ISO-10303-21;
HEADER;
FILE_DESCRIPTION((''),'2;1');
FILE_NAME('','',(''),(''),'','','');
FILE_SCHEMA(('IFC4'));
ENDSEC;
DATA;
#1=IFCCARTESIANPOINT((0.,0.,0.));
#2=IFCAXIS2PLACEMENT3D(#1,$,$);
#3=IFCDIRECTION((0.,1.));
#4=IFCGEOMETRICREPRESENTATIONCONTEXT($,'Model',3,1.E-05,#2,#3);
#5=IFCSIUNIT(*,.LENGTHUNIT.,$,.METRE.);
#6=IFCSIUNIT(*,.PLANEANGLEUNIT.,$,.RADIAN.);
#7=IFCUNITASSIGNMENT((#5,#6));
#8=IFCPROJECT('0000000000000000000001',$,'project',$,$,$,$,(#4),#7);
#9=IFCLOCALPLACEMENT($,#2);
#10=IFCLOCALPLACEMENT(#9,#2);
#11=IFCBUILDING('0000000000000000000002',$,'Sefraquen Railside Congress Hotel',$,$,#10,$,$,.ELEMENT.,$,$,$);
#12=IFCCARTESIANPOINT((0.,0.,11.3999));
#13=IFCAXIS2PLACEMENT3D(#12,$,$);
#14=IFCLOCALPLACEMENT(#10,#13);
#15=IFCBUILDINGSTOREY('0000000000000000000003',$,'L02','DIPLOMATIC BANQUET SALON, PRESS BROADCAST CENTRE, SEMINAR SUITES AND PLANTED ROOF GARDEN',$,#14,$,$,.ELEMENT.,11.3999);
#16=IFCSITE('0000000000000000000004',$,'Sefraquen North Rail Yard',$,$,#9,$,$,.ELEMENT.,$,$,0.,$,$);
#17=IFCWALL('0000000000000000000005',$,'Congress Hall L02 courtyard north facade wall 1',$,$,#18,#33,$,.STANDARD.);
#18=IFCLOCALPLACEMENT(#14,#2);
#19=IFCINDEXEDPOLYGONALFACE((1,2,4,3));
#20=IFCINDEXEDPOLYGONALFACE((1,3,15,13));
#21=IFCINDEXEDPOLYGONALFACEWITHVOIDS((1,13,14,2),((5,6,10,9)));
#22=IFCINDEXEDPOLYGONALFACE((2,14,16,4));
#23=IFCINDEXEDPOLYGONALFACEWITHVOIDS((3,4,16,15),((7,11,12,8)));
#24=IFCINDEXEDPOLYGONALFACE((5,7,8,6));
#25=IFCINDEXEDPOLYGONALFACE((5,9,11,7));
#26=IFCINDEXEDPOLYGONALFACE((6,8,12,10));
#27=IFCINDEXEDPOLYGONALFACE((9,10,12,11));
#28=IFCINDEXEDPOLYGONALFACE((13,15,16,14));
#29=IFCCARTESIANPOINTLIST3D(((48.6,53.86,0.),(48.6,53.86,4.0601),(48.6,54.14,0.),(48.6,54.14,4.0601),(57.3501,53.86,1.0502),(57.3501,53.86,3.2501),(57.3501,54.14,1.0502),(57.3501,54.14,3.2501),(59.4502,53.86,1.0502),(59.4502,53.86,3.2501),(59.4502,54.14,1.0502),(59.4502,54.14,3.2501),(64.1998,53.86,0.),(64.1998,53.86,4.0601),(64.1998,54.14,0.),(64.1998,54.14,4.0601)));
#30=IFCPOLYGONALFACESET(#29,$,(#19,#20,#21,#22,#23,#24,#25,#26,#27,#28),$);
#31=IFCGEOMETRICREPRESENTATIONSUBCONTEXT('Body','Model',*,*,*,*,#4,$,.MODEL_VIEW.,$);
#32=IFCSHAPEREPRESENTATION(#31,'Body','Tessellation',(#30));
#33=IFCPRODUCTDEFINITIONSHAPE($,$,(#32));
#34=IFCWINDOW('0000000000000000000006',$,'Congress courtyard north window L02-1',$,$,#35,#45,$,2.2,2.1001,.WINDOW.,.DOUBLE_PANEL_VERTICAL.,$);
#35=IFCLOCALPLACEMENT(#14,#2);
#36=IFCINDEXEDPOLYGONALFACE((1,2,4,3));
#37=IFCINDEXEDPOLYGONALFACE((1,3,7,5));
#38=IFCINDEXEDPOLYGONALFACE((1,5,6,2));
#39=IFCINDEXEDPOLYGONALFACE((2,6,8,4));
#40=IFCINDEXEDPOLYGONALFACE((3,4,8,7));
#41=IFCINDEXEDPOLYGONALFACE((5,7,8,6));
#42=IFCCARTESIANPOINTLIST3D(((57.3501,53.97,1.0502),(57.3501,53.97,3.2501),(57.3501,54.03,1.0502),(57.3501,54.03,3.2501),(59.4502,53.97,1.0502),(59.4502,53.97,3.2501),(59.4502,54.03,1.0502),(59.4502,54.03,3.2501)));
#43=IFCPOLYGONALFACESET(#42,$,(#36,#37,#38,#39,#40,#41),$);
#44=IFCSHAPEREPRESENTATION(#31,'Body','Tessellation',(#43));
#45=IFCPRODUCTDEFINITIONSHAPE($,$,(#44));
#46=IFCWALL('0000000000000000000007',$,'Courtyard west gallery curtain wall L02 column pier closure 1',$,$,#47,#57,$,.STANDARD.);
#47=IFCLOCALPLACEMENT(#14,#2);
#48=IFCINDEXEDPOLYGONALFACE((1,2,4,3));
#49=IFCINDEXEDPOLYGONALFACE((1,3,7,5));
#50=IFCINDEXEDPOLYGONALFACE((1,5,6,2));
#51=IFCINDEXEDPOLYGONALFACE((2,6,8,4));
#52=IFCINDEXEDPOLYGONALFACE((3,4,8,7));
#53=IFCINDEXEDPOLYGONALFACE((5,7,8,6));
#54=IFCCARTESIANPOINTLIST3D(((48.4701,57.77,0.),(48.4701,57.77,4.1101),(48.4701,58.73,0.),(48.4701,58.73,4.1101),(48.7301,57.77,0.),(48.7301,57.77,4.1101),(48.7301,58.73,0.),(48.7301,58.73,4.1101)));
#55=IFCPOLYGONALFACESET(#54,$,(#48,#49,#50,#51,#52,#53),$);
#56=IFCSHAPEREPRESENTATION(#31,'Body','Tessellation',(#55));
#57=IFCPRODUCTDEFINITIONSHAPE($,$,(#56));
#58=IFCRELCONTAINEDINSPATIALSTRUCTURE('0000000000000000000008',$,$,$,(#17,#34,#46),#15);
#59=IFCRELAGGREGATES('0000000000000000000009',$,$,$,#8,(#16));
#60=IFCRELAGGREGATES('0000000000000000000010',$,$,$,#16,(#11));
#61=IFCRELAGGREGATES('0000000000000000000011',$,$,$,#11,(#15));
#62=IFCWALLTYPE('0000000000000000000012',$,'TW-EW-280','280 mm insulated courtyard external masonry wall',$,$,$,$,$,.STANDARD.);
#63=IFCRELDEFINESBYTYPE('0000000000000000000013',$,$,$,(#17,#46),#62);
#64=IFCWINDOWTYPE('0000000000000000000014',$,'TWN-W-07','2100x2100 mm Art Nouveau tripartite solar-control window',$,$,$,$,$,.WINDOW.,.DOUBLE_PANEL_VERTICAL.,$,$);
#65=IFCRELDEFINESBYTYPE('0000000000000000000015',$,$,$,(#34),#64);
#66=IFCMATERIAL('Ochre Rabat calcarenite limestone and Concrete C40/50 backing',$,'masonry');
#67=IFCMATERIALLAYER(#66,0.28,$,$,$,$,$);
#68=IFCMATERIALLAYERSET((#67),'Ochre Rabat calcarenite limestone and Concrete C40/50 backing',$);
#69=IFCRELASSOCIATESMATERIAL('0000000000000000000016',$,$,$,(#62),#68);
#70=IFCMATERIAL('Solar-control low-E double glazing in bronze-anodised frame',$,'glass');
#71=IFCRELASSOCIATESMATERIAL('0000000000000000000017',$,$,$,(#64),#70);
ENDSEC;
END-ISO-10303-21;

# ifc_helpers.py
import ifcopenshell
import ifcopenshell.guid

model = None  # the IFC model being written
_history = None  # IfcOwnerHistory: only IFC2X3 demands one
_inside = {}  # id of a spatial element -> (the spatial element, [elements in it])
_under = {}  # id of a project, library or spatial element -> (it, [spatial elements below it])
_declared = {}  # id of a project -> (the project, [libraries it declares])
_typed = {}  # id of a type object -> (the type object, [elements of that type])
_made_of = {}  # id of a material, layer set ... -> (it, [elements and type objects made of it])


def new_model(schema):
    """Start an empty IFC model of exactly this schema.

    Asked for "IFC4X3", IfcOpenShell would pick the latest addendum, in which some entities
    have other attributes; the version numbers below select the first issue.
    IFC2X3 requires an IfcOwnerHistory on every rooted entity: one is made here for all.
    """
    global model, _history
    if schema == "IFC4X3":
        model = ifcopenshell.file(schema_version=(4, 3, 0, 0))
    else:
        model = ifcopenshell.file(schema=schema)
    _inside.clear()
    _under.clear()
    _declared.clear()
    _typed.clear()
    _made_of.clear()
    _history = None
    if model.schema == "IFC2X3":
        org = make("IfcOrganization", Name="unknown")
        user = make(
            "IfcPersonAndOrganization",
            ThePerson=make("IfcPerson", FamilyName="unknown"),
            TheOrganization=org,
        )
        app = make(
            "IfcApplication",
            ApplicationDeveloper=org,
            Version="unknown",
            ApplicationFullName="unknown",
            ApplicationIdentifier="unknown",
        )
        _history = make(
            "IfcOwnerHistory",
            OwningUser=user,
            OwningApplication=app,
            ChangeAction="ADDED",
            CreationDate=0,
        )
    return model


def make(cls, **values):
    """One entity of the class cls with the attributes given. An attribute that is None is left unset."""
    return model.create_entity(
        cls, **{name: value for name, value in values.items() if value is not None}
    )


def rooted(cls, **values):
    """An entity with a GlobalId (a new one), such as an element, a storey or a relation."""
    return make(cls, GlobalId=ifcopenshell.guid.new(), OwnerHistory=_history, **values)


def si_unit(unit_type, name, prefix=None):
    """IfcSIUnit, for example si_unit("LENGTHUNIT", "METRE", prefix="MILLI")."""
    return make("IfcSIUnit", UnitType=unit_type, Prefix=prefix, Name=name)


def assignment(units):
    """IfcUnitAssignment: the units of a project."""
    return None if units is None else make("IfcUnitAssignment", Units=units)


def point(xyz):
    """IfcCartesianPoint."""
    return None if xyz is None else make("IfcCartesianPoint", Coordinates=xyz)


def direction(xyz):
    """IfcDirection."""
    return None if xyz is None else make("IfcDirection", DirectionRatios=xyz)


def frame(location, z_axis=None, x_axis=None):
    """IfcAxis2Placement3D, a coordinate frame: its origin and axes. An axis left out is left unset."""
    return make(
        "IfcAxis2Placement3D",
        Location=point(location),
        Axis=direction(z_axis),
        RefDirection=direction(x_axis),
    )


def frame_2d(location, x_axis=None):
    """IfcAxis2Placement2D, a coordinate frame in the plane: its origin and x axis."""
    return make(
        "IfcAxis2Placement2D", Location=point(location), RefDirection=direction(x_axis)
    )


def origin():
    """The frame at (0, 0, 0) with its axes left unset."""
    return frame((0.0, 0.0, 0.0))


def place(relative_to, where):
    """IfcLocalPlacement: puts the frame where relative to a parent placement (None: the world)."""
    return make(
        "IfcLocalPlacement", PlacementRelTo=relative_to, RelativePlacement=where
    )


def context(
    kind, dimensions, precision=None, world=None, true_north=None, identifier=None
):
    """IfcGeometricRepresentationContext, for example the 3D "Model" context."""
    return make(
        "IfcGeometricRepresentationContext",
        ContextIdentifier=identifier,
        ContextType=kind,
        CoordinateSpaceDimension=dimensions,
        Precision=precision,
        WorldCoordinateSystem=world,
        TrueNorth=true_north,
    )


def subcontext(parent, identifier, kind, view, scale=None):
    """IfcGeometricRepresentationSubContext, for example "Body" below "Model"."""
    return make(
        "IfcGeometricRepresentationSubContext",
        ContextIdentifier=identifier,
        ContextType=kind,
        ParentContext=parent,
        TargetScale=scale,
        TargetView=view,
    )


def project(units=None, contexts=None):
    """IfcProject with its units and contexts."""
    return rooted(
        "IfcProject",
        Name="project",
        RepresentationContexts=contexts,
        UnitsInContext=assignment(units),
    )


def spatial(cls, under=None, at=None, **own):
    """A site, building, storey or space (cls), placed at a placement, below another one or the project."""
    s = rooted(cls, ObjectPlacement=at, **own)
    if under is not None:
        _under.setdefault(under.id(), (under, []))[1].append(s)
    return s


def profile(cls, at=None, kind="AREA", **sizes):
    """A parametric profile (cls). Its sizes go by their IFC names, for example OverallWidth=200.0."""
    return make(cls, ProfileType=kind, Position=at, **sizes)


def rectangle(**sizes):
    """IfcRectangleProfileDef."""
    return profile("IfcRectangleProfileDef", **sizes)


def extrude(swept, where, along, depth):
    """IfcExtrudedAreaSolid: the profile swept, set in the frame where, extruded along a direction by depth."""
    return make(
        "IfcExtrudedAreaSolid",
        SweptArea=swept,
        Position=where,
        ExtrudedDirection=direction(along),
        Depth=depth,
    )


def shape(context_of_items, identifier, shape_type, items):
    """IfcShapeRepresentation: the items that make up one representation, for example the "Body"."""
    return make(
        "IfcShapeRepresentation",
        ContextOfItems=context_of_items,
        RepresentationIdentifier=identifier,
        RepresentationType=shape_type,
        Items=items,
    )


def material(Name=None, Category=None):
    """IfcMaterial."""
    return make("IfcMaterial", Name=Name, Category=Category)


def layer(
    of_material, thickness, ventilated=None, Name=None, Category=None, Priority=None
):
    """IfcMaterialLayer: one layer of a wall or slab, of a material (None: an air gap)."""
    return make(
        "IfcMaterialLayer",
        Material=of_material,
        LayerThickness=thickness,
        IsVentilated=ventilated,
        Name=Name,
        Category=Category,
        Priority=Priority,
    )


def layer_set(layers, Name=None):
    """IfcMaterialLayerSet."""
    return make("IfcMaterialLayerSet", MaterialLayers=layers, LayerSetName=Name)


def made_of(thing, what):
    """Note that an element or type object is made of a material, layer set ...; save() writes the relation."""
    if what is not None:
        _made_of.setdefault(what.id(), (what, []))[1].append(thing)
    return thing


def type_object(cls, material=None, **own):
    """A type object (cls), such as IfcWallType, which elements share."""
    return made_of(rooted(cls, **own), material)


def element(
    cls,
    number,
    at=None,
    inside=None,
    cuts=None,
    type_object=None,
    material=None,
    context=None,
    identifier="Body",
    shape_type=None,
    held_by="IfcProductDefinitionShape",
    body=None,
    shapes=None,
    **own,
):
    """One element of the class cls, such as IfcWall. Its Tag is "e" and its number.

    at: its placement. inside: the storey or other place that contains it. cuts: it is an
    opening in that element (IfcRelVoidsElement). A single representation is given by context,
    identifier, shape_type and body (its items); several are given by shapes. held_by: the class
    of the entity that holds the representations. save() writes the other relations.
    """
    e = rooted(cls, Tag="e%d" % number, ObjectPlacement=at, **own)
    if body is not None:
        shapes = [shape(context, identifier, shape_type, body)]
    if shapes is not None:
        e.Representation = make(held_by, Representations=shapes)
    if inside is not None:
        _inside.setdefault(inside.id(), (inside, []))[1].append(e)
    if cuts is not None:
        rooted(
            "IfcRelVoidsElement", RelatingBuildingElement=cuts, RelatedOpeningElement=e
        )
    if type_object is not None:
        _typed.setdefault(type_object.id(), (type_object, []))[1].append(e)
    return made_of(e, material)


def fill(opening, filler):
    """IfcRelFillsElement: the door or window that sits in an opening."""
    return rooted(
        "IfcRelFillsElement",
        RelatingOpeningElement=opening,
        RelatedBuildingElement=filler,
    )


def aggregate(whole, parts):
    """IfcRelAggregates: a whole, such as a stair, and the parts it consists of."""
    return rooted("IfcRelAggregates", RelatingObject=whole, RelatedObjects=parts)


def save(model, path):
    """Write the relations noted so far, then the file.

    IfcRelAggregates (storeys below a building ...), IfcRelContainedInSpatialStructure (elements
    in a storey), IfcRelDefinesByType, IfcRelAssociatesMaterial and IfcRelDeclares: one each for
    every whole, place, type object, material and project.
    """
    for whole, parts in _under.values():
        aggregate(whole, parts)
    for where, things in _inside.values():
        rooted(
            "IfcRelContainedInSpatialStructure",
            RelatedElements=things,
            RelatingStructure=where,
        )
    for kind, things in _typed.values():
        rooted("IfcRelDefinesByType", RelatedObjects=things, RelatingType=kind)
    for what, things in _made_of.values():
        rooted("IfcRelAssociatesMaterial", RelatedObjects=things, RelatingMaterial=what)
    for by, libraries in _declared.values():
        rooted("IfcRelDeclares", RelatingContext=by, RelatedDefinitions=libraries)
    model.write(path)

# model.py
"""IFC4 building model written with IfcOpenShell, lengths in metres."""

from ifc_helpers import new_model, si_unit, direction, frame, frame_2d, origin, place, context, subcontext, project, spatial, rectangle, extrude, material, layer, layer_set, type_object, element, fill, save


model = new_model("IFC4")

# Units and contexts
model_context = context("Model", 3, precision=1e-05, world=origin(), true_north=direction((0.0, 1.0)))
body_context = subcontext(model_context, "Body", "Model", "MODEL_VIEW")
ifc_project = project(units=[si_unit("LENGTHUNIT", "METRE"), si_unit("PLANEANGLEUNIT", "RADIAN")], contexts=[model_context])

# Site, building, storey
site_placement = place(None, origin())
site = spatial("IfcSite", under=ifc_project, at=site_placement, Name="Sefraquen North Rail Yard", CompositionType="ELEMENT", RefElevation=0.0)
building_placement = place(site_placement, origin())
building = spatial("IfcBuilding", under=site, at=building_placement, Name="Sefraquen Railside Congress Hotel", CompositionType="ELEMENT")
storey_placement = place(building_placement, frame((0.0, 0.0, 11.3999)))
storey = spatial("IfcBuildingStorey", under=building, at=storey_placement, Name="L02", Description="DIPLOMATIC BANQUET SALON, PRESS BROADCAST CENTRE, SEMINAR SUITES AND PLANTED ROOF GARDEN", CompositionType="ELEMENT", Elevation=11.3999)

# Wall, opening, window
ifc_material_1 = material(Name="Ochre Rabat calcarenite limestone and Concrete C40/50 backing", Category="masonry")
ifc_layer_1 = layer(ifc_material_1, 0.28)
ifc_layer_set_1 = layer_set([ifc_layer_1], Name="Ochre Rabat calcarenite limestone and Concrete C40/50 backing")
wall_type = type_object("IfcWallType", Name="TW-EW-280", Description="280 mm insulated courtyard external masonry wall", PredefinedType="STANDARD", material=ifc_layer_set_1)
wall_1_placement = place(storey_placement, frame((48.6001, 54.0, 0.0), z_axis=(0.0, 0.0, 1.0), x_axis=(1.0, 0.0, 0.0)))
wall_1 = element("IfcWall", 1, at=wall_1_placement, inside=storey, type_object=wall_type, Name="Congress Hall L02 courtyard north facade wall 1", PredefinedType="STANDARD", context=body_context, shape_type="SweptSolid", body=[
    extrude(rectangle(XDim=15.5999, YDim=0.28, at=frame_2d((7.7998, 0.0))), origin(), (0.0, 0.0, 1.0), 4.0601),
])
opening_placement = place(wall_1_placement, frame((8.75, 0.0, 1.05)))
opening = element("IfcOpeningElement", 2, at=opening_placement, cuts=wall_1, PredefinedType="OPENING", context=body_context, shape_type="SweptSolid", body=[
    extrude(rectangle(XDim=2.1001, YDim=2.2, at=frame_2d((1.05, 1.1001))), frame((0.0, 0.1499, 0.0), z_axis=(0.0, -1.0, 0.0), x_axis=(1.0, 0.0, 0.0)), (0.0, 0.0, 1.0), 0.3),
])
ifc_material_2 = material(Name="Solar-control low-E double glazing in bronze-anodised frame", Category="glass")
window_type = type_object("IfcWindowType", Name="TWN-W-07", Description="2100x2100 mm Art Nouveau tripartite solar-control window", PartitioningType="DOUBLE_PANEL_VERTICAL", PredefinedType="WINDOW", material=ifc_material_2)
window_placement = place(opening_placement, origin())
window = element("IfcWindow", 3, at=window_placement, inside=storey, type_object=window_type, Name="Congress courtyard north window L02-1", OverallHeight=2.2, OverallWidth=2.1001, PartitioningType="DOUBLE_PANEL_VERTICAL", PredefinedType="WINDOW", context=body_context, shape_type="SweptSolid", body=[
    extrude(rectangle(XDim=2.1001, YDim=2.2, at=frame_2d((1.05, 1.1001))), frame((0.0, 0.03, 0.0), z_axis=(0.0, -1.0, 0.0), x_axis=(1.0, 0.0, 0.0)), (0.0, 0.0, 1.0), 0.0601),
])
fill(opening, window)

# Wall
wall_2_placement = place(storey_placement, frame((48.6001, 57.77, 0.0), z_axis=(0.0, 0.0, 1.0), x_axis=(0.0, 1.0, 0.0)))
element("IfcWall", 4, at=wall_2_placement, inside=storey, type_object=wall_type, Name="Courtyard west gallery curtain wall L02 column pier closure 1", PredefinedType="STANDARD", context=body_context, shape_type="SweptSolid", body=[
    extrude(rectangle(XDim=0.96, YDim=0.26, at=frame_2d((0.48, 0.0))), origin(), (0.0, 0.0, 1.0), 4.1101),
])

save(model, "model.ifc")
